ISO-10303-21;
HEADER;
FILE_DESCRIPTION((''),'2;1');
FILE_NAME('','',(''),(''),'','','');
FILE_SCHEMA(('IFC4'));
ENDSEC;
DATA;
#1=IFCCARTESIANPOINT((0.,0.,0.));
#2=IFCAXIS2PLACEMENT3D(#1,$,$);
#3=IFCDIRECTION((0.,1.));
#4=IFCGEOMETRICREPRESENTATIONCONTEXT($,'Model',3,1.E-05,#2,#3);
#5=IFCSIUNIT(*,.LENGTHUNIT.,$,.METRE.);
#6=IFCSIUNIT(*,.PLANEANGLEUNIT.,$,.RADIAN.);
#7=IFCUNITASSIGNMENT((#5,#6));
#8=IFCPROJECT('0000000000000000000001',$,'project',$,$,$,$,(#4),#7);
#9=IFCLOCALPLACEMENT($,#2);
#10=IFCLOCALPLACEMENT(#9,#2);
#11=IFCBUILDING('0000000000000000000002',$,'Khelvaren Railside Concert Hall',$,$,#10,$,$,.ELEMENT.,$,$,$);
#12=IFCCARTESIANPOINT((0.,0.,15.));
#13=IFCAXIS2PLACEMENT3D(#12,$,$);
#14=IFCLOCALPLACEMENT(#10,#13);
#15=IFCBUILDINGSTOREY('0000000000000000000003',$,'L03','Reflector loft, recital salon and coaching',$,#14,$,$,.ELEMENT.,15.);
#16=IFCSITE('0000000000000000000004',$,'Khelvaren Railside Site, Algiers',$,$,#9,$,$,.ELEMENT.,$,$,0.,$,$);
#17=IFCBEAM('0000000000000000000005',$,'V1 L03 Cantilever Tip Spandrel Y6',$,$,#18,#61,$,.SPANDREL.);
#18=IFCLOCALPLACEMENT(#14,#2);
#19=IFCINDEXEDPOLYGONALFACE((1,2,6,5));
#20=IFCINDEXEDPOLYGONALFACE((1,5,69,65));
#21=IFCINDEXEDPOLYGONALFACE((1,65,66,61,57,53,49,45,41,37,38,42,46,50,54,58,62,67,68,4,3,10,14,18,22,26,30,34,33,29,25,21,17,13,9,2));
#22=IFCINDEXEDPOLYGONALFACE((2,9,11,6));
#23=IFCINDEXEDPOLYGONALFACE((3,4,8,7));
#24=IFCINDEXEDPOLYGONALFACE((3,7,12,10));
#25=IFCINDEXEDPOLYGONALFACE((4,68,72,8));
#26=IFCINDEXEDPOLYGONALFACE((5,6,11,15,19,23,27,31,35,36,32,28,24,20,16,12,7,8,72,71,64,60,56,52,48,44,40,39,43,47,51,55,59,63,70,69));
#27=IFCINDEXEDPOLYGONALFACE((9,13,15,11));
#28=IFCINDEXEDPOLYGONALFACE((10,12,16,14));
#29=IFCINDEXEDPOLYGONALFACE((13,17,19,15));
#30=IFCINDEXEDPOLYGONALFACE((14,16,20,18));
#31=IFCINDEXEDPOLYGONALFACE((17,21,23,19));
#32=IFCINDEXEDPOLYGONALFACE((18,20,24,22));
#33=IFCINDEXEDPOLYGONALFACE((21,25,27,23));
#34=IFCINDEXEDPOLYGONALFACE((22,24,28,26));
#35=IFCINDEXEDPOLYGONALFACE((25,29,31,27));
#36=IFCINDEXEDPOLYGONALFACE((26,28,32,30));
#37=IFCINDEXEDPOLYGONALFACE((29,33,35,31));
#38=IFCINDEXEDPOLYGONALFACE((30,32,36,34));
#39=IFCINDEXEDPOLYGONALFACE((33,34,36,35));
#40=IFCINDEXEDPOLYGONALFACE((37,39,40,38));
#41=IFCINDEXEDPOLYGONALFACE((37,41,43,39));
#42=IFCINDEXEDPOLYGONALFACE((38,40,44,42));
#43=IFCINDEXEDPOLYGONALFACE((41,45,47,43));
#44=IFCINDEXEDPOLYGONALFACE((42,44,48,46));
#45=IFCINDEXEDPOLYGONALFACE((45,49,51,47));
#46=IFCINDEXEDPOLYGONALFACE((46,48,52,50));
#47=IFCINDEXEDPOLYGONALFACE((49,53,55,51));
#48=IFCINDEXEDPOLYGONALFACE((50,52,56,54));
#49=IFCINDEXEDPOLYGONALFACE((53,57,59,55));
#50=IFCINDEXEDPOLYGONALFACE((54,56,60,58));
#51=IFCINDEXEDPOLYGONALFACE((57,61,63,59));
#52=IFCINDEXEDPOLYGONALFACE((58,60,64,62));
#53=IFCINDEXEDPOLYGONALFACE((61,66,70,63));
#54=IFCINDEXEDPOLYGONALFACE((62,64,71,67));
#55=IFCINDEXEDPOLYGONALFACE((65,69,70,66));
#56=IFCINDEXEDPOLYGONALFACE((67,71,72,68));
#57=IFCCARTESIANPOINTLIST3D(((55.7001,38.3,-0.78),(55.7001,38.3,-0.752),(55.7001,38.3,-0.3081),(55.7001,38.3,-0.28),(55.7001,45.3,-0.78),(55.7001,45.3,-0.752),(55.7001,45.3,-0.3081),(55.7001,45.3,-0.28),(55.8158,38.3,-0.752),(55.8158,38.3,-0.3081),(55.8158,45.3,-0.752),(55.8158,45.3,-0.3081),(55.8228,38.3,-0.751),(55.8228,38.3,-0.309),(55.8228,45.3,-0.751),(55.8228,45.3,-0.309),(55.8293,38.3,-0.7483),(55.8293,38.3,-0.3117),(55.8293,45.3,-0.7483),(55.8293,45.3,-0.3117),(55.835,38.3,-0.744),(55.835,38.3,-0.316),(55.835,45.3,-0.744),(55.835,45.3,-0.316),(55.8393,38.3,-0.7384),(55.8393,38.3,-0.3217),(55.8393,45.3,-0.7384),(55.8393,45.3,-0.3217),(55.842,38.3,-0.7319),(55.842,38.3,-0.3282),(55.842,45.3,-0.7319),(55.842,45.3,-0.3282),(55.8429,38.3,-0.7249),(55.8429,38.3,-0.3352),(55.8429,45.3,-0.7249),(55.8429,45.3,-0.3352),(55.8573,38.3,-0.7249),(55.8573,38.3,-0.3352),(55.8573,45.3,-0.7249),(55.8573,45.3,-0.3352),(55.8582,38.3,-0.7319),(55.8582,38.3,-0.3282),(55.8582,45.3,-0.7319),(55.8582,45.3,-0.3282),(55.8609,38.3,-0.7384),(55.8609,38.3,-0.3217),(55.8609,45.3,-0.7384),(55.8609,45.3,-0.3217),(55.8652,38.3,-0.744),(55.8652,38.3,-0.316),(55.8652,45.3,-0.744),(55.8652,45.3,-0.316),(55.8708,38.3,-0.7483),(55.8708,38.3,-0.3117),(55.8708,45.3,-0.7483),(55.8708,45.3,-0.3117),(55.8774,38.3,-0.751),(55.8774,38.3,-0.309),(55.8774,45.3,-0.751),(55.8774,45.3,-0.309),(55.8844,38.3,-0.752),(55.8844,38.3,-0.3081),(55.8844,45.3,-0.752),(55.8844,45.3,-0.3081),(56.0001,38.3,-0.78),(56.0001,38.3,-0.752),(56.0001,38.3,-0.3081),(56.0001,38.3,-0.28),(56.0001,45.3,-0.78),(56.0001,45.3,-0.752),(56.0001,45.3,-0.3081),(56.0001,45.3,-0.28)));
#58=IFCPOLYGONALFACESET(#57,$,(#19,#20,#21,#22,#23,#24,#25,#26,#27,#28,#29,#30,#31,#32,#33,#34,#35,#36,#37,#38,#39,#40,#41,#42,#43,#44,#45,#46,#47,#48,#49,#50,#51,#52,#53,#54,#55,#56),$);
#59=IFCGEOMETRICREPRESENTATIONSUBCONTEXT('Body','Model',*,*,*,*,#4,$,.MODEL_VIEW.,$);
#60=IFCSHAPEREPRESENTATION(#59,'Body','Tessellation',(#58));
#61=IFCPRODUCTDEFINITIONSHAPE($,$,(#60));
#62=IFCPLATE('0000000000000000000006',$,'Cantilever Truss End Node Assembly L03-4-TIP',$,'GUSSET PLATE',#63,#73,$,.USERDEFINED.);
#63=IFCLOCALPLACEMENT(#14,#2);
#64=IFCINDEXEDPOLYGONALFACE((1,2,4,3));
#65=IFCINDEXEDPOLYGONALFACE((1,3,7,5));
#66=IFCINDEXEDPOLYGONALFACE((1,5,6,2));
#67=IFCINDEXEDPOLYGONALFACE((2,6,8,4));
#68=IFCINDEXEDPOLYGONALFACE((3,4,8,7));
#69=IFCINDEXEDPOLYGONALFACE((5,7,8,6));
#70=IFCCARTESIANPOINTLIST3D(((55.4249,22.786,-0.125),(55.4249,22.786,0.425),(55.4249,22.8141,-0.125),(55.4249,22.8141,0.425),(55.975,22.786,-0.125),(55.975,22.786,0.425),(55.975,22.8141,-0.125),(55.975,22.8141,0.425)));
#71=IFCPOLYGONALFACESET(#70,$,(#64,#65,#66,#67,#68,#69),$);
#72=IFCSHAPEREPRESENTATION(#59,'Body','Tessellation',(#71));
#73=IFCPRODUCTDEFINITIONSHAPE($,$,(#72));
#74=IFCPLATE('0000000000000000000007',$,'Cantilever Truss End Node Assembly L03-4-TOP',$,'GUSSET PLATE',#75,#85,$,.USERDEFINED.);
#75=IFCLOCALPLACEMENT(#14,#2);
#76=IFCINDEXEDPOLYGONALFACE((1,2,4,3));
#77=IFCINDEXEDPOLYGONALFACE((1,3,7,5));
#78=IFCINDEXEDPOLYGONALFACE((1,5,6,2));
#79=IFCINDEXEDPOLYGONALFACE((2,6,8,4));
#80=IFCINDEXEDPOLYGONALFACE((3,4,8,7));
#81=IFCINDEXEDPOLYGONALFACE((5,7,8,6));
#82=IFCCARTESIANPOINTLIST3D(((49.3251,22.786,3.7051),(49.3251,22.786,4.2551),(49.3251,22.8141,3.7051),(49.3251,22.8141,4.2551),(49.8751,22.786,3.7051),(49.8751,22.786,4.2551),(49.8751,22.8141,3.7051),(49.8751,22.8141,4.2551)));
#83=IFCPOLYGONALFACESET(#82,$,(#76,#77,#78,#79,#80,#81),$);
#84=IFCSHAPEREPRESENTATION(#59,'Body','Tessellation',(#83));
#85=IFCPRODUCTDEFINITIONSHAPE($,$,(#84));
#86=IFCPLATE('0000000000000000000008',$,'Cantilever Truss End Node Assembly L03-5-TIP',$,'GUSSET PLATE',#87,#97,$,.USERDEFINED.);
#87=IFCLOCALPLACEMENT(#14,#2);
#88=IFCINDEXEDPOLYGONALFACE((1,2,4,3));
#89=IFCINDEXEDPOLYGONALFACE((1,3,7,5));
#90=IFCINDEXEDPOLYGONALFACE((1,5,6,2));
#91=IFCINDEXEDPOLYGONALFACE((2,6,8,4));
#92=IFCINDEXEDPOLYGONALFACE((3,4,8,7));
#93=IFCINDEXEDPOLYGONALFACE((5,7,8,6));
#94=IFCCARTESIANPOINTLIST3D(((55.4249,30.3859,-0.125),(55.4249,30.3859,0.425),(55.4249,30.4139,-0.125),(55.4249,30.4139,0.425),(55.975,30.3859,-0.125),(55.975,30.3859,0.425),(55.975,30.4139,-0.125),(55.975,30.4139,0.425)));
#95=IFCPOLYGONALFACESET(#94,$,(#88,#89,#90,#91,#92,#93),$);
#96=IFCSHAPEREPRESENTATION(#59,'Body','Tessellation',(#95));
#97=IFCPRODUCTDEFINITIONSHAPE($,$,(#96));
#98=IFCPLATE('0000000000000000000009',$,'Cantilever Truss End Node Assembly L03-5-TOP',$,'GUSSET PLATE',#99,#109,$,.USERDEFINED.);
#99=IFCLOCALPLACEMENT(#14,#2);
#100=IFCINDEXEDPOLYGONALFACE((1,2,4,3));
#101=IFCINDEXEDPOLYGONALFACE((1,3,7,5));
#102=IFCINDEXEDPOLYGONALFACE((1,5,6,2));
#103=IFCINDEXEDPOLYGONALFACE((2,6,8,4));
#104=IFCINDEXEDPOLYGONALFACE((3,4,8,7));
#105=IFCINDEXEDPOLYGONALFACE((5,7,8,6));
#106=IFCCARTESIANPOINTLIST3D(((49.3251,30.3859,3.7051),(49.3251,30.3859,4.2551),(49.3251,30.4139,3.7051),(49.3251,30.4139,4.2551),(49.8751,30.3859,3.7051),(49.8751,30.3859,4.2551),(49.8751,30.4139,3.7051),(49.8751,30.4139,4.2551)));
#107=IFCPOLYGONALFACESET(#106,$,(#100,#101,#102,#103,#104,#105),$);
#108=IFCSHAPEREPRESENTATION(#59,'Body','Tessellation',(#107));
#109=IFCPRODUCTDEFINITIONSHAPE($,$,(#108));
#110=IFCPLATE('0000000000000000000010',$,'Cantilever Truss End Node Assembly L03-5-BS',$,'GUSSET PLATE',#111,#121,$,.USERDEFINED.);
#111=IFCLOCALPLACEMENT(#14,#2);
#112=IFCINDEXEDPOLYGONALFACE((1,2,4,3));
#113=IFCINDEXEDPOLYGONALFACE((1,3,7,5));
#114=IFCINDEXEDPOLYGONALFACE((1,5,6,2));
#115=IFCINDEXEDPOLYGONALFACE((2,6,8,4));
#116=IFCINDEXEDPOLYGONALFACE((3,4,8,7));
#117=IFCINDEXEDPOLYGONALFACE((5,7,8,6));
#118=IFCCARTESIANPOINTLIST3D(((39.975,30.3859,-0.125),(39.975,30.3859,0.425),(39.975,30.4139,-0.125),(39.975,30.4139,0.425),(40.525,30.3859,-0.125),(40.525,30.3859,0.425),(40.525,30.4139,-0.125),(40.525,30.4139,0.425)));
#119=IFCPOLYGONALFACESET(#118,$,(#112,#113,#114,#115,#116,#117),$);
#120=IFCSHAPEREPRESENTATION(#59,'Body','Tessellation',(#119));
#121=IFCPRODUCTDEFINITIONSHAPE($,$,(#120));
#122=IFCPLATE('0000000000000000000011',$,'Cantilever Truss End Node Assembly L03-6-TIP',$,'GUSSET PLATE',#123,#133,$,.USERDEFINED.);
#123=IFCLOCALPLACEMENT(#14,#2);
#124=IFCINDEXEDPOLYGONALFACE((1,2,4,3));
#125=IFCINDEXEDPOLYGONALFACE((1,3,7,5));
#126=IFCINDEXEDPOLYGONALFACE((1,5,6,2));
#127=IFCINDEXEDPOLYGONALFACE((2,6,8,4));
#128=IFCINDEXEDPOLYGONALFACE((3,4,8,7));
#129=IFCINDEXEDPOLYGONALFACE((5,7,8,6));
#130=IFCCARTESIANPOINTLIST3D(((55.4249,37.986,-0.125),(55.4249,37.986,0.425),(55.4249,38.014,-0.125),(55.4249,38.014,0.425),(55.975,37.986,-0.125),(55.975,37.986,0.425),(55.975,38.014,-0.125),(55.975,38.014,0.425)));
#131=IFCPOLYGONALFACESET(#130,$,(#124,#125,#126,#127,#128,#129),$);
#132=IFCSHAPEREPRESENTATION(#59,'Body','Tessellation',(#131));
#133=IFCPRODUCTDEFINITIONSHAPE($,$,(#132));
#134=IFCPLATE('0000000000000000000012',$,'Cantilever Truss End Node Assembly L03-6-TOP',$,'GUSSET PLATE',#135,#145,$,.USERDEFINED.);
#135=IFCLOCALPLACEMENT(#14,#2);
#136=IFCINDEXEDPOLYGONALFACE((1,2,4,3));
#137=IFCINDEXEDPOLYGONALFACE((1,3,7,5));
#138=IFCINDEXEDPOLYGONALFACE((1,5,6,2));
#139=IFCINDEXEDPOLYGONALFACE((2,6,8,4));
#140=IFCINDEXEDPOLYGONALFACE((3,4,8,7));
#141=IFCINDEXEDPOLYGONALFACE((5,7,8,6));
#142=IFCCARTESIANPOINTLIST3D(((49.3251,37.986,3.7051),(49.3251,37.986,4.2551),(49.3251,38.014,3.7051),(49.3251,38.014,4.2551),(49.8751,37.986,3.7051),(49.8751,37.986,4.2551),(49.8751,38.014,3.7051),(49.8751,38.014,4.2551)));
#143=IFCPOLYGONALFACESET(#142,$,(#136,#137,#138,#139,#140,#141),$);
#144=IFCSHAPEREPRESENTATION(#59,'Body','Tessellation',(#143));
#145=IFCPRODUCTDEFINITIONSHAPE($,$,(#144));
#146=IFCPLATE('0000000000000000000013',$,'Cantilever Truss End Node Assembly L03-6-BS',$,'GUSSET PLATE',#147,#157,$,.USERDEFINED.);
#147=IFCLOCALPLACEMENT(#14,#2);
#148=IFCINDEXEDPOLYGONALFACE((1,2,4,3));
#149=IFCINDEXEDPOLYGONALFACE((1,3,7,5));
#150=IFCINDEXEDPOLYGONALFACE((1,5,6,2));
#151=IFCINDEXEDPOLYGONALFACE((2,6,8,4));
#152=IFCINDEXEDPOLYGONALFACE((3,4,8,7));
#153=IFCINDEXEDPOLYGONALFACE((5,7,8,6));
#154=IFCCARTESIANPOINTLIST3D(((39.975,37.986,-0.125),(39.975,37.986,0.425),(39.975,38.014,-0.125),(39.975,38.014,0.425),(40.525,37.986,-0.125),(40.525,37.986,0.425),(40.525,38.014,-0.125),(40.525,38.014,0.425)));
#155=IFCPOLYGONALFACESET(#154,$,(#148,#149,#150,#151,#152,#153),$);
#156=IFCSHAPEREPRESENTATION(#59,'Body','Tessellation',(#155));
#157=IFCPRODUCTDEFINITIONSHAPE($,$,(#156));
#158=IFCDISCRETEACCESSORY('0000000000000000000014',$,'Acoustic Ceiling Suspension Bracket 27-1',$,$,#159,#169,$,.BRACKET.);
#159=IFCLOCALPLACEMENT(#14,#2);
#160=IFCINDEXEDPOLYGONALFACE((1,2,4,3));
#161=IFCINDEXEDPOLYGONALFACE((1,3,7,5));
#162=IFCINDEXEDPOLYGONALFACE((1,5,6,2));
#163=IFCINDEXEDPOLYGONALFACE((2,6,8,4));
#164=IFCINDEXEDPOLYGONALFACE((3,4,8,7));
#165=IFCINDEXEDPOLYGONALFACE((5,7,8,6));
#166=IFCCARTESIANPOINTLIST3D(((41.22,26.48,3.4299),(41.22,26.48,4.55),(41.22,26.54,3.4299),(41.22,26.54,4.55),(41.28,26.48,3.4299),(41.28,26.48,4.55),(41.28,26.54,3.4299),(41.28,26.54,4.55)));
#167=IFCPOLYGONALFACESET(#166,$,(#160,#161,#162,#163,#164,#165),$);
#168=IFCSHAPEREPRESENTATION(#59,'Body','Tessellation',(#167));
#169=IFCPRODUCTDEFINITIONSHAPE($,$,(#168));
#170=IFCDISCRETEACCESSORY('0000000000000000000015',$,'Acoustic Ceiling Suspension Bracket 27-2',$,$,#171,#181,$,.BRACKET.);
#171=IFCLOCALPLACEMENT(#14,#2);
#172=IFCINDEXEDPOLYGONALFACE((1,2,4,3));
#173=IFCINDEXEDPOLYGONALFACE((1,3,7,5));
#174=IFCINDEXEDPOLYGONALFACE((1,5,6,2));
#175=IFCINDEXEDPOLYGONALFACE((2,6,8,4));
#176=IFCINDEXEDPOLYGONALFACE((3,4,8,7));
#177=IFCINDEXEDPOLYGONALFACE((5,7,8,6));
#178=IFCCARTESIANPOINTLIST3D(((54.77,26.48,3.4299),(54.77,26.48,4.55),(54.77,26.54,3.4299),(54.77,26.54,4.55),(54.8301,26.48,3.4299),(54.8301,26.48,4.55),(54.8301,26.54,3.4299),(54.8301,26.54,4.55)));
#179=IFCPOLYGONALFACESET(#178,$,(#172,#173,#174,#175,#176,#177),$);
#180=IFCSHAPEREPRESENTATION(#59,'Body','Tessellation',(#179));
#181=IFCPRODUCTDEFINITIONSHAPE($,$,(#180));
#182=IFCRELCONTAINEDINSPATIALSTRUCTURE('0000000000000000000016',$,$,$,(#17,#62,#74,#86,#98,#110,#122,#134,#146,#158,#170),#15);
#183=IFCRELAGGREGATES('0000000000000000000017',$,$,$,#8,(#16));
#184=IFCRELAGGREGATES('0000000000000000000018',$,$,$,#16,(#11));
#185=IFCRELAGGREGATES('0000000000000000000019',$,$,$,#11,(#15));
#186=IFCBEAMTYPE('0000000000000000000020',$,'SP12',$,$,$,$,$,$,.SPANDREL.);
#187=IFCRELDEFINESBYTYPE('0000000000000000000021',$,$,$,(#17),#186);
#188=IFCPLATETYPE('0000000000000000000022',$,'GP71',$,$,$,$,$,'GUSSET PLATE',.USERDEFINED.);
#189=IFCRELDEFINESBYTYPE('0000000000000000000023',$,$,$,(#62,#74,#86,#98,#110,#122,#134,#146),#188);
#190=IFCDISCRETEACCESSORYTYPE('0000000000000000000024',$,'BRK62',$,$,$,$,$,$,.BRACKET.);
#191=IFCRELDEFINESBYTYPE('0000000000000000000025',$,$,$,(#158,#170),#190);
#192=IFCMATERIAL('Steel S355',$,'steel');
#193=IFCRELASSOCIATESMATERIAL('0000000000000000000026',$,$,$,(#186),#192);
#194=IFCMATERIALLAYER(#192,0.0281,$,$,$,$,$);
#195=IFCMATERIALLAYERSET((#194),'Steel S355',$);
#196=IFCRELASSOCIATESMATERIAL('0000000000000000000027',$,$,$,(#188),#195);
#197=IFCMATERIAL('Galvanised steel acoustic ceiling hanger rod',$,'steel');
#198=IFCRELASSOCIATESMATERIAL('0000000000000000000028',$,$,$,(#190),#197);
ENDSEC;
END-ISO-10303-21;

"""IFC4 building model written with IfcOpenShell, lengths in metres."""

from ifc_helpers import new_model, si_unit, direction, frame, origin, origin_2d, place, context, subcontext, project, spatial, rectangle, i_section, extrude, material, layer, layer_set, material_profile, profile_set, type_object, element, save


model = new_model("IFC4")

# Units and contexts
model_context = context("Model", 3, precision=1e-05, world=origin(), true_north=direction((0.0, 1.0)))
body_context = subcontext(model_context, "Body", "Model", "MODEL_VIEW")
ifc_project = project(units=[si_unit("LENGTHUNIT", "METRE"), si_unit("PLANEANGLEUNIT", "RADIAN")], contexts=[model_context])

# Site, building, storey
site_placement = place(None, origin())
site = spatial("IfcSite", under=ifc_project, at=site_placement, Name="Khelvaren Railside Site, Algiers", CompositionType="ELEMENT", RefElevation=0.0)
building_placement = place(site_placement, origin())
building = spatial("IfcBuilding", under=site, at=building_placement, Name="Khelvaren Railside Concert Hall", CompositionType="ELEMENT")
storey_placement = place(building_placement, frame((0.0, 0.0, 15.0)))
storey = spatial("IfcBuildingStorey", under=building, at=storey_placement, Name="L03", Description="Reflector loft, recital salon and coaching", CompositionType="ELEMENT", Elevation=15.0)

# Shared definitions
ifc_material_1 = material(Name="Steel S355", Category="steel")

# Beam
ifc_material_profile_1 = material_profile(ifc_material_1, i_section(OverallWidth=0.3, OverallDepth=0.5, WebThickness=0.0144, FlangeThickness=0.0281, FilletRadius=0.0271, at=origin_2d()), Name="HEB 500")
ifc_profile_set_1 = profile_set([ifc_material_profile_1], Name="Steel S355")
beam_type_1 = type_object("IfcBeamType", Name="SP12", PredefinedType="SPANDREL", material=ifc_profile_set_1)
for number, where, z_axis, x_axis, name in (
    (1, (55.8501, 38.3, -0.53), (0.0, 1.0, 0.0), (-1.0, 0.0, 0.0), "V1 L03 Cantilever Tip Spandrel Y6"),
):
    element("IfcBeam", number, at=place(storey_placement, frame(where, z_axis=z_axis, x_axis=x_axis)), inside=storey, type_object=beam_type_1, Name=name, PredefinedType="SPANDREL", context=body_context, shape_type="SweptSolid", body=[
        extrude(i_section(OverallWidth=0.3, OverallDepth=0.5, WebThickness=0.0144, FlangeThickness=0.0281, FilletRadius=0.0271, at=origin_2d()), origin(), (0.0, 0.0, 1.0), 7.0),
    ])

# Plates
ifc_layer = layer(ifc_material_1, 0.0281)
ifc_layer_set = layer_set([ifc_layer], Name="Steel S355")
plate_type = type_object("IfcPlateType", Name="GP71", ElementType="GUSSET PLATE", PredefinedType="USERDEFINED", material=ifc_layer_set)
for number, where, z_axis, x_axis, name in (
    (2, (55.7, 22.8, -0.125), (0.0, 0.0, 1.0), (1.0, 0.0, 0.0), "Cantilever Truss End Node Assembly L03-4-TIP"),
    (3, (49.6001, 22.8, 3.7051), (0.0, 0.0, 1.0), (1.0, 0.0, 0.0), "Cantilever Truss End Node Assembly L03-4-TOP"),
    (4, (55.7, 30.3999, -0.125), (0.0, 0.0, 1.0), (1.0, 0.0, 0.0), "Cantilever Truss End Node Assembly L03-5-TIP"),
    (5, (49.6001, 30.3999, 3.7051), (0.0, 0.0, 1.0), (1.0, 0.0, 0.0), "Cantilever Truss End Node Assembly L03-5-TOP"),
    (6, (40.25, 30.3999, -0.125), (0.0, 0.0, 1.0), (1.0, 0.0, 0.0), "Cantilever Truss End Node Assembly L03-5-BS"),
    (7, (55.7, 38.0, -0.125), (0.0, 0.0, 1.0), (1.0, 0.0, 0.0), "Cantilever Truss End Node Assembly L03-6-TIP"),
    (8, (49.6001, 38.0, 3.7051), (0.0, 0.0, 1.0), (1.0, 0.0, 0.0), "Cantilever Truss End Node Assembly L03-6-TOP"),
    (9, (40.25, 38.0, -0.125), (0.0, 0.0, 1.0), (1.0, 0.0, 0.0), "Cantilever Truss End Node Assembly L03-6-BS"),
):
    element("IfcPlate", number, at=place(storey_placement, frame(where, z_axis=z_axis, x_axis=x_axis)), inside=storey, type_object=plate_type, Name=name, ObjectType="GUSSET PLATE", PredefinedType="USERDEFINED", context=body_context, shape_type="SweptSolid", body=[
        extrude(rectangle(XDim=0.55, YDim=0.0281, at=origin_2d()), origin(), (0.0, 0.0, 1.0), 0.55),
    ])

# Discrete accessories
ifc_material_2 = material(Name="Galvanised steel acoustic ceiling hanger rod", Category="steel")
discrete_accessory_type = type_object("IfcDiscreteAccessoryType", Name="BRK62", PredefinedType="BRACKET", material=ifc_material_2)
for number, where, z_axis, x_axis, name in (
    (10, (41.25, 26.51, 3.4299), (0.0, 0.0, 1.0), (1.0, 0.0, 0.0), "Acoustic Ceiling Suspension Bracket 27-1"),
    (11, (54.8, 26.51, 3.4299), (0.0, 0.0, 1.0), (1.0, 0.0, 0.0), "Acoustic Ceiling Suspension Bracket 27-2"),
):
    element("IfcDiscreteAccessory", number, at=place(storey_placement, frame(where, z_axis=z_axis, x_axis=x_axis)), inside=storey, type_object=discrete_accessory_type, Name=name, PredefinedType="BRACKET", context=body_context, shape_type="SweptSolid", body=[
        extrude(rectangle(XDim=0.0601, YDim=0.0601, at=origin_2d()), origin(), (0.0, 0.0, 1.0), 1.1201),
    ])

save(model, "model.ifc")
